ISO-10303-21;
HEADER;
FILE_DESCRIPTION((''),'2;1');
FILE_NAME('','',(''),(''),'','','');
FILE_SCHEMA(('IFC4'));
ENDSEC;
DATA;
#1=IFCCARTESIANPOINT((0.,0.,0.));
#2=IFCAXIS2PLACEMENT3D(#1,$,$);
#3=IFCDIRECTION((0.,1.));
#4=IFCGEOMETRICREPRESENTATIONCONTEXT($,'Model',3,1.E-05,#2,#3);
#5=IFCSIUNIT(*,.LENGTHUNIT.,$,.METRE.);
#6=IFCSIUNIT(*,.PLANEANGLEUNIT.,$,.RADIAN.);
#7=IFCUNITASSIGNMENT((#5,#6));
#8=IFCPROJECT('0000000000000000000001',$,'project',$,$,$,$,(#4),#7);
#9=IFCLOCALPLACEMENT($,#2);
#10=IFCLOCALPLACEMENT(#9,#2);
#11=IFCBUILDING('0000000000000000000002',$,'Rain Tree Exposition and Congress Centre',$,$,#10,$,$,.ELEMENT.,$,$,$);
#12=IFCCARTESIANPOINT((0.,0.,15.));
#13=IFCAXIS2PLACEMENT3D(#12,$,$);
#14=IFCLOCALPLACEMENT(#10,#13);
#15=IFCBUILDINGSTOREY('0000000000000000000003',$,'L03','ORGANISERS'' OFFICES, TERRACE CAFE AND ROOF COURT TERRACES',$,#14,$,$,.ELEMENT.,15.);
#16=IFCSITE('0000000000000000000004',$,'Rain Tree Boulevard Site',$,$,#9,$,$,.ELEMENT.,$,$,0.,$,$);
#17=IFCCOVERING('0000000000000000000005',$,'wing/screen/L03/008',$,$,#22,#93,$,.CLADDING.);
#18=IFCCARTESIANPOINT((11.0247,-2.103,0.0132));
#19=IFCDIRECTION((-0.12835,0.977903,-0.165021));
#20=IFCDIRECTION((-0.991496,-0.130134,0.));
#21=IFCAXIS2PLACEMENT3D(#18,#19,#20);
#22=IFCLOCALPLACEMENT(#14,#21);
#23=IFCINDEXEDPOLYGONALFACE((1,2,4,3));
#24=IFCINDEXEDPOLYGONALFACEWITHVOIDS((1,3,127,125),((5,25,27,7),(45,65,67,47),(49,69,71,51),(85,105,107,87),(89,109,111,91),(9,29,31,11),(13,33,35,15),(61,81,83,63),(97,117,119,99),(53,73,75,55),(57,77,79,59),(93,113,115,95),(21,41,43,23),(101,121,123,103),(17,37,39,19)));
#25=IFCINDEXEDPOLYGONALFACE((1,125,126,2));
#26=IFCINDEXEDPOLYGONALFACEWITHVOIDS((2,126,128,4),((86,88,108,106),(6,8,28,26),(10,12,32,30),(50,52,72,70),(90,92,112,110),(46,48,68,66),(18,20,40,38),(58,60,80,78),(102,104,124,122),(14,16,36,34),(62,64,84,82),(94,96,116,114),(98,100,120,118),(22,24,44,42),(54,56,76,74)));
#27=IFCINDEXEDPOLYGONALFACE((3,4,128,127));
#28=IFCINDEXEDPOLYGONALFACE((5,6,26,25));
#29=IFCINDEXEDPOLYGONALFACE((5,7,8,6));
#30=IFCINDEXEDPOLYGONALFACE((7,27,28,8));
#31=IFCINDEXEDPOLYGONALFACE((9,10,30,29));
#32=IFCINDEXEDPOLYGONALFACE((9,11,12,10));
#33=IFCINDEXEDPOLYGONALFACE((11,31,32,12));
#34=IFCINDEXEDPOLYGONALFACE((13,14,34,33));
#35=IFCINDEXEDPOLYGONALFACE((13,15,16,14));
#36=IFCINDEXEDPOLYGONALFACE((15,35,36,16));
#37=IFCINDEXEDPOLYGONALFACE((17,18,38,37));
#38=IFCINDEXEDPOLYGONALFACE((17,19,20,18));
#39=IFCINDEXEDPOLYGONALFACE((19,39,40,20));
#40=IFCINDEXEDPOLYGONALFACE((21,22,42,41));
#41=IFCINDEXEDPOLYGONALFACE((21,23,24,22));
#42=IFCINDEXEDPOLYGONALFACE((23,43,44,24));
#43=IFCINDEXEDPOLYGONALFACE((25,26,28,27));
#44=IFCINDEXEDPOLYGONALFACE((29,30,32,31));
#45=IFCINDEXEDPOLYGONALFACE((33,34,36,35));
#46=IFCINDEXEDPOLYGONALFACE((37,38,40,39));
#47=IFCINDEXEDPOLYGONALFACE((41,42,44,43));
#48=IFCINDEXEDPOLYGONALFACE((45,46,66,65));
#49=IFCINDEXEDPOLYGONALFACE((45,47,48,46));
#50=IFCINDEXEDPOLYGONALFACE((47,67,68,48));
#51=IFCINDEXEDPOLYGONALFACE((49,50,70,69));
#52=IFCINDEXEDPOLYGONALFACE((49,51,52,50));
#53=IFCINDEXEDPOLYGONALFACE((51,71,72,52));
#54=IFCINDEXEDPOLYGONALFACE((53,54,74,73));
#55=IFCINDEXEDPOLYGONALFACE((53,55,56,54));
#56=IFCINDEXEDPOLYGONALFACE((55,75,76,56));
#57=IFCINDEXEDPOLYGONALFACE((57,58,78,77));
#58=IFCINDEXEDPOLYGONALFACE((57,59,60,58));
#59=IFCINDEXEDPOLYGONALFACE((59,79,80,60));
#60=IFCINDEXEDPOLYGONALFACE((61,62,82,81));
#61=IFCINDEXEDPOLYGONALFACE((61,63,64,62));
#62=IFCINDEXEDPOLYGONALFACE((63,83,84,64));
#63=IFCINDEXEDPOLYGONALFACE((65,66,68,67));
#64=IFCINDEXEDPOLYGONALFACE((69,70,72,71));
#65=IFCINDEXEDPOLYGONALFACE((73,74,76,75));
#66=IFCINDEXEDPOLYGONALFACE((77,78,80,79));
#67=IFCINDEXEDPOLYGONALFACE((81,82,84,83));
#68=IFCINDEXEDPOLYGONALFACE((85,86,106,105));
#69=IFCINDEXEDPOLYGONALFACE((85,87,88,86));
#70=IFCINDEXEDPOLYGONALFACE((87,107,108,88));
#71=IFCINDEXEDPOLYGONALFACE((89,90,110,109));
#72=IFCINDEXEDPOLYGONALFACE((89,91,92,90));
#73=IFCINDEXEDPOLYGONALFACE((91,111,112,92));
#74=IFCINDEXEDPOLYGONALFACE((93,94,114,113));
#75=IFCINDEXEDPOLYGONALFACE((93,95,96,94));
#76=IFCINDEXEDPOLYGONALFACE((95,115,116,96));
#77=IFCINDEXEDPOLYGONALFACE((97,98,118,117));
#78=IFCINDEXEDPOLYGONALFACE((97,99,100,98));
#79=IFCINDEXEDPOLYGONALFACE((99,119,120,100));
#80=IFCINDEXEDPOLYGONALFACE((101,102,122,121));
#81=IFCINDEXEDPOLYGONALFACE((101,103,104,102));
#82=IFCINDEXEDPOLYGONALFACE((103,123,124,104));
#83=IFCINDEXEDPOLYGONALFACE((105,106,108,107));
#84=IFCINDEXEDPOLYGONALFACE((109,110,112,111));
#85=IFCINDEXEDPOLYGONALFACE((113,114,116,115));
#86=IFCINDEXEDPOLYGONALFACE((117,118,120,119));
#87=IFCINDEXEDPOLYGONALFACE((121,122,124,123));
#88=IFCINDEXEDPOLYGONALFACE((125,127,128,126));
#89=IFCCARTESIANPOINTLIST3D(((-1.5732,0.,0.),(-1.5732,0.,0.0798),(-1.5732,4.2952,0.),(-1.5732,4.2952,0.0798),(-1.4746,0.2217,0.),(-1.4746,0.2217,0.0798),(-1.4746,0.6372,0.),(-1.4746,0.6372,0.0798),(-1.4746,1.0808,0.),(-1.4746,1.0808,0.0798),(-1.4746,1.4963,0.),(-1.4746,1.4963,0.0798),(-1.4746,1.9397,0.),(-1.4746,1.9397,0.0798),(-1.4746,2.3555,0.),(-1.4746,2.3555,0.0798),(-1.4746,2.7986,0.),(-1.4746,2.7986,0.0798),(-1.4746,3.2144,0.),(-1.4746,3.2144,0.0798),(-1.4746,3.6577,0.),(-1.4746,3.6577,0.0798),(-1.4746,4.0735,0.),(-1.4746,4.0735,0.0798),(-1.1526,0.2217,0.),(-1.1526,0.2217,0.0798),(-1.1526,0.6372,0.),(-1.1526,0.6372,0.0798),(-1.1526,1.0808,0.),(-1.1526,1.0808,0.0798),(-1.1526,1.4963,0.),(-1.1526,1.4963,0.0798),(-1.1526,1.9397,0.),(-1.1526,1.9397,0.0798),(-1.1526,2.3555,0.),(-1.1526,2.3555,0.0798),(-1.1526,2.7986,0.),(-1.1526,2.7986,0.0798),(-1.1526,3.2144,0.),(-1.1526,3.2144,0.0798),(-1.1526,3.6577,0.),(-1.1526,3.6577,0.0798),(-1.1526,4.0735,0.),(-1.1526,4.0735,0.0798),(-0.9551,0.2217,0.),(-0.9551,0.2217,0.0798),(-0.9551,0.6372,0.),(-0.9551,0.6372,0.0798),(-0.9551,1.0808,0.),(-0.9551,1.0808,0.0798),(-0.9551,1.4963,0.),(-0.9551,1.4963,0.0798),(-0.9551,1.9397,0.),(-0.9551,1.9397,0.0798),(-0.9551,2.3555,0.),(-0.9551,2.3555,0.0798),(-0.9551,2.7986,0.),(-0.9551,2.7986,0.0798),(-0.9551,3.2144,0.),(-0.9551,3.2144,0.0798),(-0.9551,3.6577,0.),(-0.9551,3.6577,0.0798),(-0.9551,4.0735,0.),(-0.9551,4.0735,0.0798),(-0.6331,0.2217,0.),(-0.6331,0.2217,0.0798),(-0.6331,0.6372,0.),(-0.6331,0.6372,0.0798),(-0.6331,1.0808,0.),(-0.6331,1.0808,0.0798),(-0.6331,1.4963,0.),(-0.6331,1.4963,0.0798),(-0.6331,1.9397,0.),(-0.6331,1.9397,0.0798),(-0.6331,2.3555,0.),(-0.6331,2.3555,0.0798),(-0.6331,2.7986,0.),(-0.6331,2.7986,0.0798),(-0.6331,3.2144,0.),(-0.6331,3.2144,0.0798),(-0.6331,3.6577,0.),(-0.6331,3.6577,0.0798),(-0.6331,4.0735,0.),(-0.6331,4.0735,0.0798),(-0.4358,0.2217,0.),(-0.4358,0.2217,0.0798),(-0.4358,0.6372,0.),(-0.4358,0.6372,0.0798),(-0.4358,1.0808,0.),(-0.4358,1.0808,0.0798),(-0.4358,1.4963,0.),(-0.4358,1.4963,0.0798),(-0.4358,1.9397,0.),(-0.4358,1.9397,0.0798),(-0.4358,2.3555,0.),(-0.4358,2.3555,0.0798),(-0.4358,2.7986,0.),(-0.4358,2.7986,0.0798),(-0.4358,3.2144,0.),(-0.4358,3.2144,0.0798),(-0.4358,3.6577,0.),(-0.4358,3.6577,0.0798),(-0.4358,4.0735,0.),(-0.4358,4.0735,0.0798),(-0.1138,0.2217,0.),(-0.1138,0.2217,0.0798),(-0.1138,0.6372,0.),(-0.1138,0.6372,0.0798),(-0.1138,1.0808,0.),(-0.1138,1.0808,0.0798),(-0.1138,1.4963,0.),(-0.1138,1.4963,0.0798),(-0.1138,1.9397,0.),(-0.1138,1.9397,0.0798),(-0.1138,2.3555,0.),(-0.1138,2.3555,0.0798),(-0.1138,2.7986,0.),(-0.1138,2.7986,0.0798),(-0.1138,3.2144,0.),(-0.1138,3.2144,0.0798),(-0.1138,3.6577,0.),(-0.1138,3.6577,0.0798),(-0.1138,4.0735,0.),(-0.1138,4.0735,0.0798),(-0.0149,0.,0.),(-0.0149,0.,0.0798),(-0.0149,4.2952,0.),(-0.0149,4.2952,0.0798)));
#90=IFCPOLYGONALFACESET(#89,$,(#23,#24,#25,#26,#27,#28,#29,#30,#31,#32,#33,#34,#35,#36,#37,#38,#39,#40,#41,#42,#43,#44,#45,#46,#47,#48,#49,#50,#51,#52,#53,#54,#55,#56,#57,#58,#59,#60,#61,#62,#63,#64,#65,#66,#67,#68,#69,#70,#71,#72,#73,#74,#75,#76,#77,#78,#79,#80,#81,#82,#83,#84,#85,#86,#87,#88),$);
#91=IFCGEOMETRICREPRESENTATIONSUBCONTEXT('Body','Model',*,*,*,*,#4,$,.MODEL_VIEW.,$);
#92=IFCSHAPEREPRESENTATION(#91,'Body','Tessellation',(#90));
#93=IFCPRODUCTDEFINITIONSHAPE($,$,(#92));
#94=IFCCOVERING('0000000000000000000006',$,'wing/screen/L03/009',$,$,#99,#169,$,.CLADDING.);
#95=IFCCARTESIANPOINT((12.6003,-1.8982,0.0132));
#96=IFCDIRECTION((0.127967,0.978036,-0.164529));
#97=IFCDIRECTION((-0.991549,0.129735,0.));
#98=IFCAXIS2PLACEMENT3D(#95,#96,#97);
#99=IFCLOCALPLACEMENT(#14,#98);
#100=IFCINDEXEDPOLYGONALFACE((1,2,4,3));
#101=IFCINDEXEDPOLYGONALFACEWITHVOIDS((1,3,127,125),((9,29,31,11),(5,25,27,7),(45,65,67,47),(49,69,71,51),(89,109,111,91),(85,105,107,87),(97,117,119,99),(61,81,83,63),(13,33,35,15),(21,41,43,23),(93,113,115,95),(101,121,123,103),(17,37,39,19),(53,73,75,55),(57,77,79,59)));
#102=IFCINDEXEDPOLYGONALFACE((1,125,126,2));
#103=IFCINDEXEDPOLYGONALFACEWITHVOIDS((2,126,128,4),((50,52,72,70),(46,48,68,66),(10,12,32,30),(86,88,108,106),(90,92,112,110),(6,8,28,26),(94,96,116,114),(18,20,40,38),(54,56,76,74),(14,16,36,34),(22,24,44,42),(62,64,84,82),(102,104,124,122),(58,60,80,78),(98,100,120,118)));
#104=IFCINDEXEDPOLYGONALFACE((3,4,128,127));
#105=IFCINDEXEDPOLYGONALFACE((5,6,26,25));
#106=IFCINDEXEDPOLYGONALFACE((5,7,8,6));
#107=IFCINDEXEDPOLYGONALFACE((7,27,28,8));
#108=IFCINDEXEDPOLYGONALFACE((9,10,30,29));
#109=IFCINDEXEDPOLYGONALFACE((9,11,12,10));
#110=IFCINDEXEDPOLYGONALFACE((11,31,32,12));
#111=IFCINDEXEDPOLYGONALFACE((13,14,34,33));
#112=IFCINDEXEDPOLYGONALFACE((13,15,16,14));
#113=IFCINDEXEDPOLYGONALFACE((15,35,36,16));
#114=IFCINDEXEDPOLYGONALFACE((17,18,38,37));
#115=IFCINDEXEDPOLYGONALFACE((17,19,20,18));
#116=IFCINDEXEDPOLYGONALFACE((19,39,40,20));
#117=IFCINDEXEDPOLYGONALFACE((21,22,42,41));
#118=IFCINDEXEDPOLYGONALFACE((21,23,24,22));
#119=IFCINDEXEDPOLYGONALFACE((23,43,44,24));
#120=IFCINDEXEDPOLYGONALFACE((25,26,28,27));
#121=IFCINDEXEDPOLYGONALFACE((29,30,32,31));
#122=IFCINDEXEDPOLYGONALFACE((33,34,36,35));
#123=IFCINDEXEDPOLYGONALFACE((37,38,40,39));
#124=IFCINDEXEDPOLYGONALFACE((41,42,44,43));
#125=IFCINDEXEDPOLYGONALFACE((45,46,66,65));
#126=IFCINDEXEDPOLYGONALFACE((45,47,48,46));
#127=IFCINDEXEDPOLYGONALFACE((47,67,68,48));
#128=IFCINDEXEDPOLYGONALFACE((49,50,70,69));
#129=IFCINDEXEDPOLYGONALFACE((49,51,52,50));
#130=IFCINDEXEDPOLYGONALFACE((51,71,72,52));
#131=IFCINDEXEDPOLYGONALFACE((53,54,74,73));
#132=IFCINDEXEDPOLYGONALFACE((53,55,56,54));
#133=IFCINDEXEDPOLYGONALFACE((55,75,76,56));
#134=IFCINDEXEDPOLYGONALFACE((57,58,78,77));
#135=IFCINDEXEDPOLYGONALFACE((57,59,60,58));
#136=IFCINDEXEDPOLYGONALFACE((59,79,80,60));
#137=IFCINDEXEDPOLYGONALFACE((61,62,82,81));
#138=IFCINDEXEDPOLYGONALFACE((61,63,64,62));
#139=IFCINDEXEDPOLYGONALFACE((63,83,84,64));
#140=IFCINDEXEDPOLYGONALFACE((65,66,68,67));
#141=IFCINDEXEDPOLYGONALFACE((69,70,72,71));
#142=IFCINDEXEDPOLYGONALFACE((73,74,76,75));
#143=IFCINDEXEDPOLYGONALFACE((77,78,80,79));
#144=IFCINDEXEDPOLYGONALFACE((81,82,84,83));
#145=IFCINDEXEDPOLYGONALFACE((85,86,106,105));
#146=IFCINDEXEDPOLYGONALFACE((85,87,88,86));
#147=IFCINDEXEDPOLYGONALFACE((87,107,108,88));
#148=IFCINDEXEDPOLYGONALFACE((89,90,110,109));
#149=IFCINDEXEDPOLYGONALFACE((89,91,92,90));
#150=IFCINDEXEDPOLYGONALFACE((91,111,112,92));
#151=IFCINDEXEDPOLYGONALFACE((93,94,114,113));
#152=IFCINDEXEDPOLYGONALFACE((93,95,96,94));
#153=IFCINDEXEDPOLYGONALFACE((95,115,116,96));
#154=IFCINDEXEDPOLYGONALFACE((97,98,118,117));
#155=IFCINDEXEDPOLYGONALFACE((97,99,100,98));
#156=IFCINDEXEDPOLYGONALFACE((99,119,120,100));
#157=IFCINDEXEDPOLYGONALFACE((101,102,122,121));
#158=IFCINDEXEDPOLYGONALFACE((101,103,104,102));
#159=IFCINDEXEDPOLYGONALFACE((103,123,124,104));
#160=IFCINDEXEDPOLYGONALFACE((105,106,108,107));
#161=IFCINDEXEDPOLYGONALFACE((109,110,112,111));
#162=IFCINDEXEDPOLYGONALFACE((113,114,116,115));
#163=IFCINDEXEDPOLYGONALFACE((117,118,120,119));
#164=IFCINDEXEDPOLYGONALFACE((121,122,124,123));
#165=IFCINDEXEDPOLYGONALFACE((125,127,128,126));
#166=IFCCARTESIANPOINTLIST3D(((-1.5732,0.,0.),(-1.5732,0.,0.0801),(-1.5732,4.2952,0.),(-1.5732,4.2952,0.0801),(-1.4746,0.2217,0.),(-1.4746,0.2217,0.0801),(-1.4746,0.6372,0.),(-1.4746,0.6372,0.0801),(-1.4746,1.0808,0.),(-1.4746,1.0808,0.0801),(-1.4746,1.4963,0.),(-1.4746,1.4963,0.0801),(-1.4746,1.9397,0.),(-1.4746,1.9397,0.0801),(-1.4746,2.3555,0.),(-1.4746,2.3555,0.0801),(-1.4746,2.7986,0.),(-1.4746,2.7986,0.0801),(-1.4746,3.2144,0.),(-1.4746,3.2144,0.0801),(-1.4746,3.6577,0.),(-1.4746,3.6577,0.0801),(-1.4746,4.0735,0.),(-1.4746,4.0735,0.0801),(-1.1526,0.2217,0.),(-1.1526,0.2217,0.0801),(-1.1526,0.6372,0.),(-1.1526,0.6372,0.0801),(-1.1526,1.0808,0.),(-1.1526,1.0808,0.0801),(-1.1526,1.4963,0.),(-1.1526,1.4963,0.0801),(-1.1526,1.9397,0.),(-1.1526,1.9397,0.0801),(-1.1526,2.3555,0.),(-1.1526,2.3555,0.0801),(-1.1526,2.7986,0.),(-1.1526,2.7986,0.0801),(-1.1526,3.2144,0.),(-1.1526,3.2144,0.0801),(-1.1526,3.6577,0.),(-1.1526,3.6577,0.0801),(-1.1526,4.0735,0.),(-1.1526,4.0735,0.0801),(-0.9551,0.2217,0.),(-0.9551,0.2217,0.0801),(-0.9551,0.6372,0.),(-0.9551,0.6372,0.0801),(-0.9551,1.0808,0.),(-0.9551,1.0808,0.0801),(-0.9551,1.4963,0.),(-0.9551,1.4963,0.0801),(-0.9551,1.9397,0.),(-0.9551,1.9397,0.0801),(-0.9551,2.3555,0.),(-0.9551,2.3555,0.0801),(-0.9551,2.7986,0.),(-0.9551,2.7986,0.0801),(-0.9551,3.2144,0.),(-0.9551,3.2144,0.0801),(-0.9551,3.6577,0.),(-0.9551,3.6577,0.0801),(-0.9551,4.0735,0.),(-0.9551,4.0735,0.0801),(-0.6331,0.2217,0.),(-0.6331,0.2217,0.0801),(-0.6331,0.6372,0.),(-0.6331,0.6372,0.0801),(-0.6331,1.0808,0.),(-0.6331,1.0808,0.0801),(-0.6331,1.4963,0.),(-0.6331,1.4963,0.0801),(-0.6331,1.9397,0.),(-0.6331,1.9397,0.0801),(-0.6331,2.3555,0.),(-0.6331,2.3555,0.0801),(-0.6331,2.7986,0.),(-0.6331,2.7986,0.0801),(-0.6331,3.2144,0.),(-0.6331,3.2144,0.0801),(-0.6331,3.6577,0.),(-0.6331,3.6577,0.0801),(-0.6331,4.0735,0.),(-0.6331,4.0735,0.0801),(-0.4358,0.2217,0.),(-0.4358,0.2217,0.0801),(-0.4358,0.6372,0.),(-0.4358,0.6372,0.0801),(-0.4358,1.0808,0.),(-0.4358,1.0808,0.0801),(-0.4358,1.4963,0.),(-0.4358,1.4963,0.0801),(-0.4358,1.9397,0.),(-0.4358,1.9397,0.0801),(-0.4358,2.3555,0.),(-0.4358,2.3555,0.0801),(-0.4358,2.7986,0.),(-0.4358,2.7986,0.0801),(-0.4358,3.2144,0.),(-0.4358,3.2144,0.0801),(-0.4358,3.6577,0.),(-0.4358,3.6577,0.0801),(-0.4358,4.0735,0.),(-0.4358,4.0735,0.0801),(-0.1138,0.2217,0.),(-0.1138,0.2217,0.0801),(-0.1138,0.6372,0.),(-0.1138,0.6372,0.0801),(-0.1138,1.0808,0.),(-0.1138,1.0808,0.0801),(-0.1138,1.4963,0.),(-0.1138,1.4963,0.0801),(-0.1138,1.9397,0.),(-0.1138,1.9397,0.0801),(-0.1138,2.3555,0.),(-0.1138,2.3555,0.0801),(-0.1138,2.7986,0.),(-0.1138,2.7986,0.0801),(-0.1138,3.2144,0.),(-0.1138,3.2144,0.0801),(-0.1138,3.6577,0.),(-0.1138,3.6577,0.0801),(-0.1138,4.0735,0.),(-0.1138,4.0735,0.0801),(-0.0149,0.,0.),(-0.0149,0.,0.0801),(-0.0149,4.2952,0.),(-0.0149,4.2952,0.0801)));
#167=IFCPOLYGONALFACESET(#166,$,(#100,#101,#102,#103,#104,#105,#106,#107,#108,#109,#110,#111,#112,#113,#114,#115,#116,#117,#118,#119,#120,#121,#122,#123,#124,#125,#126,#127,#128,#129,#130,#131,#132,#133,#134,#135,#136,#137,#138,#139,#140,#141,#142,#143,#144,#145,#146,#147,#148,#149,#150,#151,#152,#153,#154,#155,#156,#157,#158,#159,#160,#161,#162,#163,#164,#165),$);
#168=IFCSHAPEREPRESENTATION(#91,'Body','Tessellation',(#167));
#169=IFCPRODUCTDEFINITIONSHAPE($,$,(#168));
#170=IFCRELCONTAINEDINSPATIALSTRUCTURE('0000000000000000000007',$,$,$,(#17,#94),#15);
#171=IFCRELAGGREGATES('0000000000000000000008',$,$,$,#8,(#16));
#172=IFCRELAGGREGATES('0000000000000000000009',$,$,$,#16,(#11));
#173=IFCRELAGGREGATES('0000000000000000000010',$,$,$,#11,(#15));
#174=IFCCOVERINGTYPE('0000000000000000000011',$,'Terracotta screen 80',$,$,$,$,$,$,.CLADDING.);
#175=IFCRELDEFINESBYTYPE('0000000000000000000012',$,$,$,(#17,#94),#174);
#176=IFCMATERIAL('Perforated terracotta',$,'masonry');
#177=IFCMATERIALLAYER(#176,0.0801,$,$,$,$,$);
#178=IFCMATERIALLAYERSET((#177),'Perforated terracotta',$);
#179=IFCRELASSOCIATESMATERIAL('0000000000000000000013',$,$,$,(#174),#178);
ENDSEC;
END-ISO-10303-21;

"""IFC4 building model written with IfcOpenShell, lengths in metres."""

from ifc_helpers import new_model, si_unit, direction, frame, origin, place, context, subcontext, project, spatial, polyline, outline, extrude, material, layer, layer_set, type_object, element, save


model = new_model("IFC4")

# Units and contexts
model_context = context("Model", 3, precision=1e-05, world=origin(), true_north=direction((0.0, 1.0)))
body_context = subcontext(model_context, "Body", "Model", "MODEL_VIEW")
ifc_project = project(units=[si_unit("LENGTHUNIT", "METRE"), si_unit("PLANEANGLEUNIT", "RADIAN")], contexts=[model_context])

# Site, building, storey
site_placement = place(None, origin())
site = spatial("IfcSite", under=ifc_project, at=site_placement, Name="Rain Tree Boulevard Site", CompositionType="ELEMENT", RefElevation=0.0)
building_placement = place(site_placement, origin())
building = spatial("IfcBuilding", under=site, at=building_placement, Name="Rain Tree Exposition and Congress Centre", CompositionType="ELEMENT")
storey_placement = place(building_placement, frame((0.0, 0.0, 15.0)))
storey = spatial("IfcBuildingStorey", under=building, at=storey_placement, Name="L03", Description="ORGANISERS' OFFICES, TERRACE CAFE AND ROOF COURT TERRACES", CompositionType="ELEMENT", Elevation=15.0)

# Coverings
ifc_material_1 = material(Name="Perforated terracotta", Category="masonry")
ifc_layer_1 = layer(ifc_material_1, 0.0801)
ifc_layer_set_1 = layer_set([ifc_layer_1], Name="Perforated terracotta")
covering_type = type_object("IfcCoveringType", Name="Terracotta screen 80", PredefinedType="CLADDING", material=ifc_layer_set_1)
covering_1_placement = place(storey_placement, frame((11.0247, -2.103, 0.0132), z_axis=(-0.12835, 0.977903, -0.165021), x_axis=(-0.991496, -0.130134, 0.0)))
element("IfcCovering", 1, at=covering_1_placement, inside=storey, type_object=covering_type, Name="wing/screen/L03/008", PredefinedType="CLADDING", context=body_context, shape_type="SweptSolid", body=[
    extrude(outline(polyline([(-1.5732, 0.0), (-1.5732, 4.2952), (-0.0149, 4.2952), (-0.0149, 0.0), (-1.5732, 0.0)]), holes=[polyline([(-0.1138, 0.2217), (-0.1138, 0.6372), (-0.4358, 0.6372), (-0.4358, 0.2217), (-0.1138, 0.2217)]), polyline([(-0.1138, 1.0808), (-0.1138, 1.4963), (-0.4358, 1.4963), (-0.4358, 1.0808), (-0.1138, 1.0808)]), polyline([(-0.1138, 1.9397), (-0.1138, 2.3555), (-0.4358, 2.3555), (-0.4358, 1.9397), (-0.1138, 1.9397)]), polyline([(-0.1138, 2.7986), (-0.1138, 3.2144), (-0.4358, 3.2144), (-0.4358, 2.7986), (-0.1138, 2.7986)]), polyline([(-0.1138, 3.6577), (-0.1138, 4.0735), (-0.4358, 4.0735), (-0.4358, 3.6577), (-0.1138, 3.6577)]), polyline([(-0.6331, 0.2217), (-0.6331, 0.6372), (-0.9551, 0.6372), (-0.9551, 0.2217), (-0.6331, 0.2217)]), polyline([(-0.6331, 1.0808), (-0.6331, 1.4963), (-0.9551, 1.4963), (-0.9551, 1.0808), (-0.6331, 1.0808)]), polyline([(-0.6331, 1.9397), (-0.6331, 2.3555), (-0.9551, 2.3555), (-0.9551, 1.9397), (-0.6331, 1.9397)]), polyline([(-0.6331, 2.7986), (-0.6331, 3.2144), (-0.9551, 3.2144), (-0.9551, 2.7986), (-0.6331, 2.7986)]), polyline([(-0.6331, 3.6577), (-0.6331, 4.0735), (-0.9551, 4.0735), (-0.9551, 3.6577), (-0.6331, 3.6577)]), polyline([(-1.1526, 0.2217), (-1.1526, 0.6372), (-1.4746, 0.6372), (-1.4746, 0.2217), (-1.1526, 0.2217)]), polyline([(-1.1526, 1.0808), (-1.1526, 1.4963), (-1.4746, 1.4963), (-1.4746, 1.0808), (-1.1526, 1.0808)]), polyline([(-1.1526, 1.9397), (-1.1526, 2.3555), (-1.4746, 2.3555), (-1.4746, 1.9397), (-1.1526, 1.9397)]), polyline([(-1.1526, 2.7986), (-1.1526, 3.2144), (-1.4746, 3.2144), (-1.4746, 2.7986), (-1.1526, 2.7986)]), polyline([(-1.1526, 3.6577), (-1.1526, 4.0735), (-1.4746, 4.0735), (-1.4746, 3.6577), (-1.1526, 3.6577)])]), origin(), (0.0, 0.0, 1.0), 0.0798),
])
covering_2_placement = place(storey_placement, frame((12.6003, -1.8982, 0.0132), z_axis=(0.127967, 0.978036, -0.164529), x_axis=(-0.991549, 0.129735, 0.0)))
element("IfcCovering", 2, at=covering_2_placement, inside=storey, type_object=covering_type, Name="wing/screen/L03/009", PredefinedType="CLADDING", context=body_context, shape_type="SweptSolid", body=[
    extrude(outline(polyline([(-1.5732, 0.0), (-1.5732, 4.2952), (-0.0149, 4.2952), (-0.0149, 0.0), (-1.5732, 0.0)]), holes=[polyline([(-0.1138, 0.2217), (-0.1138, 0.6372), (-0.4358, 0.6372), (-0.4358, 0.2217), (-0.1138, 0.2217)]), polyline([(-0.1138, 1.0808), (-0.1138, 1.4963), (-0.4358, 1.4963), (-0.4358, 1.0808), (-0.1138, 1.0808)]), polyline([(-0.1138, 1.9397), (-0.1138, 2.3555), (-0.4358, 2.3555), (-0.4358, 1.9397), (-0.1138, 1.9397)]), polyline([(-0.1138, 2.7986), (-0.1138, 3.2144), (-0.4358, 3.2144), (-0.4358, 2.7986), (-0.1138, 2.7986)]), polyline([(-0.1138, 3.6577), (-0.1138, 4.0735), (-0.4358, 4.0735), (-0.4358, 3.6577), (-0.1138, 3.6577)]), polyline([(-0.6331, 0.2217), (-0.6331, 0.6372), (-0.9551, 0.6372), (-0.9551, 0.2217), (-0.6331, 0.2217)]), polyline([(-0.6331, 1.0808), (-0.6331, 1.4963), (-0.9551, 1.4963), (-0.9551, 1.0808), (-0.6331, 1.0808)]), polyline([(-0.6331, 1.9397), (-0.6331, 2.3555), (-0.9551, 2.3555), (-0.9551, 1.9397), (-0.6331, 1.9397)]), polyline([(-0.6331, 2.7986), (-0.6331, 3.2144), (-0.9551, 3.2144), (-0.9551, 2.7986), (-0.6331, 2.7986)]), polyline([(-0.6331, 3.6577), (-0.6331, 4.0735), (-0.9551, 4.0735), (-0.9551, 3.6577), (-0.6331, 3.6577)]), polyline([(-1.1526, 0.2217), (-1.1526, 0.6372), (-1.4746, 0.6372), (-1.4746, 0.2217), (-1.1526, 0.2217)]), polyline([(-1.1526, 1.0808), (-1.1526, 1.4963), (-1.4746, 1.4963), (-1.4746, 1.0808), (-1.1526, 1.0808)]), polyline([(-1.1526, 1.9397), (-1.1526, 2.3555), (-1.4746, 2.3555), (-1.4746, 1.9397), (-1.1526, 1.9397)]), polyline([(-1.1526, 2.7986), (-1.1526, 3.2144), (-1.4746, 3.2144), (-1.4746, 2.7986), (-1.1526, 2.7986)]), polyline([(-1.1526, 3.6577), (-1.1526, 4.0735), (-1.4746, 4.0735), (-1.4746, 3.6577), (-1.1526, 3.6577)])]), origin(), (0.0, 0.0, 1.0), 0.0801),
])

save(model, "model.ifc")
